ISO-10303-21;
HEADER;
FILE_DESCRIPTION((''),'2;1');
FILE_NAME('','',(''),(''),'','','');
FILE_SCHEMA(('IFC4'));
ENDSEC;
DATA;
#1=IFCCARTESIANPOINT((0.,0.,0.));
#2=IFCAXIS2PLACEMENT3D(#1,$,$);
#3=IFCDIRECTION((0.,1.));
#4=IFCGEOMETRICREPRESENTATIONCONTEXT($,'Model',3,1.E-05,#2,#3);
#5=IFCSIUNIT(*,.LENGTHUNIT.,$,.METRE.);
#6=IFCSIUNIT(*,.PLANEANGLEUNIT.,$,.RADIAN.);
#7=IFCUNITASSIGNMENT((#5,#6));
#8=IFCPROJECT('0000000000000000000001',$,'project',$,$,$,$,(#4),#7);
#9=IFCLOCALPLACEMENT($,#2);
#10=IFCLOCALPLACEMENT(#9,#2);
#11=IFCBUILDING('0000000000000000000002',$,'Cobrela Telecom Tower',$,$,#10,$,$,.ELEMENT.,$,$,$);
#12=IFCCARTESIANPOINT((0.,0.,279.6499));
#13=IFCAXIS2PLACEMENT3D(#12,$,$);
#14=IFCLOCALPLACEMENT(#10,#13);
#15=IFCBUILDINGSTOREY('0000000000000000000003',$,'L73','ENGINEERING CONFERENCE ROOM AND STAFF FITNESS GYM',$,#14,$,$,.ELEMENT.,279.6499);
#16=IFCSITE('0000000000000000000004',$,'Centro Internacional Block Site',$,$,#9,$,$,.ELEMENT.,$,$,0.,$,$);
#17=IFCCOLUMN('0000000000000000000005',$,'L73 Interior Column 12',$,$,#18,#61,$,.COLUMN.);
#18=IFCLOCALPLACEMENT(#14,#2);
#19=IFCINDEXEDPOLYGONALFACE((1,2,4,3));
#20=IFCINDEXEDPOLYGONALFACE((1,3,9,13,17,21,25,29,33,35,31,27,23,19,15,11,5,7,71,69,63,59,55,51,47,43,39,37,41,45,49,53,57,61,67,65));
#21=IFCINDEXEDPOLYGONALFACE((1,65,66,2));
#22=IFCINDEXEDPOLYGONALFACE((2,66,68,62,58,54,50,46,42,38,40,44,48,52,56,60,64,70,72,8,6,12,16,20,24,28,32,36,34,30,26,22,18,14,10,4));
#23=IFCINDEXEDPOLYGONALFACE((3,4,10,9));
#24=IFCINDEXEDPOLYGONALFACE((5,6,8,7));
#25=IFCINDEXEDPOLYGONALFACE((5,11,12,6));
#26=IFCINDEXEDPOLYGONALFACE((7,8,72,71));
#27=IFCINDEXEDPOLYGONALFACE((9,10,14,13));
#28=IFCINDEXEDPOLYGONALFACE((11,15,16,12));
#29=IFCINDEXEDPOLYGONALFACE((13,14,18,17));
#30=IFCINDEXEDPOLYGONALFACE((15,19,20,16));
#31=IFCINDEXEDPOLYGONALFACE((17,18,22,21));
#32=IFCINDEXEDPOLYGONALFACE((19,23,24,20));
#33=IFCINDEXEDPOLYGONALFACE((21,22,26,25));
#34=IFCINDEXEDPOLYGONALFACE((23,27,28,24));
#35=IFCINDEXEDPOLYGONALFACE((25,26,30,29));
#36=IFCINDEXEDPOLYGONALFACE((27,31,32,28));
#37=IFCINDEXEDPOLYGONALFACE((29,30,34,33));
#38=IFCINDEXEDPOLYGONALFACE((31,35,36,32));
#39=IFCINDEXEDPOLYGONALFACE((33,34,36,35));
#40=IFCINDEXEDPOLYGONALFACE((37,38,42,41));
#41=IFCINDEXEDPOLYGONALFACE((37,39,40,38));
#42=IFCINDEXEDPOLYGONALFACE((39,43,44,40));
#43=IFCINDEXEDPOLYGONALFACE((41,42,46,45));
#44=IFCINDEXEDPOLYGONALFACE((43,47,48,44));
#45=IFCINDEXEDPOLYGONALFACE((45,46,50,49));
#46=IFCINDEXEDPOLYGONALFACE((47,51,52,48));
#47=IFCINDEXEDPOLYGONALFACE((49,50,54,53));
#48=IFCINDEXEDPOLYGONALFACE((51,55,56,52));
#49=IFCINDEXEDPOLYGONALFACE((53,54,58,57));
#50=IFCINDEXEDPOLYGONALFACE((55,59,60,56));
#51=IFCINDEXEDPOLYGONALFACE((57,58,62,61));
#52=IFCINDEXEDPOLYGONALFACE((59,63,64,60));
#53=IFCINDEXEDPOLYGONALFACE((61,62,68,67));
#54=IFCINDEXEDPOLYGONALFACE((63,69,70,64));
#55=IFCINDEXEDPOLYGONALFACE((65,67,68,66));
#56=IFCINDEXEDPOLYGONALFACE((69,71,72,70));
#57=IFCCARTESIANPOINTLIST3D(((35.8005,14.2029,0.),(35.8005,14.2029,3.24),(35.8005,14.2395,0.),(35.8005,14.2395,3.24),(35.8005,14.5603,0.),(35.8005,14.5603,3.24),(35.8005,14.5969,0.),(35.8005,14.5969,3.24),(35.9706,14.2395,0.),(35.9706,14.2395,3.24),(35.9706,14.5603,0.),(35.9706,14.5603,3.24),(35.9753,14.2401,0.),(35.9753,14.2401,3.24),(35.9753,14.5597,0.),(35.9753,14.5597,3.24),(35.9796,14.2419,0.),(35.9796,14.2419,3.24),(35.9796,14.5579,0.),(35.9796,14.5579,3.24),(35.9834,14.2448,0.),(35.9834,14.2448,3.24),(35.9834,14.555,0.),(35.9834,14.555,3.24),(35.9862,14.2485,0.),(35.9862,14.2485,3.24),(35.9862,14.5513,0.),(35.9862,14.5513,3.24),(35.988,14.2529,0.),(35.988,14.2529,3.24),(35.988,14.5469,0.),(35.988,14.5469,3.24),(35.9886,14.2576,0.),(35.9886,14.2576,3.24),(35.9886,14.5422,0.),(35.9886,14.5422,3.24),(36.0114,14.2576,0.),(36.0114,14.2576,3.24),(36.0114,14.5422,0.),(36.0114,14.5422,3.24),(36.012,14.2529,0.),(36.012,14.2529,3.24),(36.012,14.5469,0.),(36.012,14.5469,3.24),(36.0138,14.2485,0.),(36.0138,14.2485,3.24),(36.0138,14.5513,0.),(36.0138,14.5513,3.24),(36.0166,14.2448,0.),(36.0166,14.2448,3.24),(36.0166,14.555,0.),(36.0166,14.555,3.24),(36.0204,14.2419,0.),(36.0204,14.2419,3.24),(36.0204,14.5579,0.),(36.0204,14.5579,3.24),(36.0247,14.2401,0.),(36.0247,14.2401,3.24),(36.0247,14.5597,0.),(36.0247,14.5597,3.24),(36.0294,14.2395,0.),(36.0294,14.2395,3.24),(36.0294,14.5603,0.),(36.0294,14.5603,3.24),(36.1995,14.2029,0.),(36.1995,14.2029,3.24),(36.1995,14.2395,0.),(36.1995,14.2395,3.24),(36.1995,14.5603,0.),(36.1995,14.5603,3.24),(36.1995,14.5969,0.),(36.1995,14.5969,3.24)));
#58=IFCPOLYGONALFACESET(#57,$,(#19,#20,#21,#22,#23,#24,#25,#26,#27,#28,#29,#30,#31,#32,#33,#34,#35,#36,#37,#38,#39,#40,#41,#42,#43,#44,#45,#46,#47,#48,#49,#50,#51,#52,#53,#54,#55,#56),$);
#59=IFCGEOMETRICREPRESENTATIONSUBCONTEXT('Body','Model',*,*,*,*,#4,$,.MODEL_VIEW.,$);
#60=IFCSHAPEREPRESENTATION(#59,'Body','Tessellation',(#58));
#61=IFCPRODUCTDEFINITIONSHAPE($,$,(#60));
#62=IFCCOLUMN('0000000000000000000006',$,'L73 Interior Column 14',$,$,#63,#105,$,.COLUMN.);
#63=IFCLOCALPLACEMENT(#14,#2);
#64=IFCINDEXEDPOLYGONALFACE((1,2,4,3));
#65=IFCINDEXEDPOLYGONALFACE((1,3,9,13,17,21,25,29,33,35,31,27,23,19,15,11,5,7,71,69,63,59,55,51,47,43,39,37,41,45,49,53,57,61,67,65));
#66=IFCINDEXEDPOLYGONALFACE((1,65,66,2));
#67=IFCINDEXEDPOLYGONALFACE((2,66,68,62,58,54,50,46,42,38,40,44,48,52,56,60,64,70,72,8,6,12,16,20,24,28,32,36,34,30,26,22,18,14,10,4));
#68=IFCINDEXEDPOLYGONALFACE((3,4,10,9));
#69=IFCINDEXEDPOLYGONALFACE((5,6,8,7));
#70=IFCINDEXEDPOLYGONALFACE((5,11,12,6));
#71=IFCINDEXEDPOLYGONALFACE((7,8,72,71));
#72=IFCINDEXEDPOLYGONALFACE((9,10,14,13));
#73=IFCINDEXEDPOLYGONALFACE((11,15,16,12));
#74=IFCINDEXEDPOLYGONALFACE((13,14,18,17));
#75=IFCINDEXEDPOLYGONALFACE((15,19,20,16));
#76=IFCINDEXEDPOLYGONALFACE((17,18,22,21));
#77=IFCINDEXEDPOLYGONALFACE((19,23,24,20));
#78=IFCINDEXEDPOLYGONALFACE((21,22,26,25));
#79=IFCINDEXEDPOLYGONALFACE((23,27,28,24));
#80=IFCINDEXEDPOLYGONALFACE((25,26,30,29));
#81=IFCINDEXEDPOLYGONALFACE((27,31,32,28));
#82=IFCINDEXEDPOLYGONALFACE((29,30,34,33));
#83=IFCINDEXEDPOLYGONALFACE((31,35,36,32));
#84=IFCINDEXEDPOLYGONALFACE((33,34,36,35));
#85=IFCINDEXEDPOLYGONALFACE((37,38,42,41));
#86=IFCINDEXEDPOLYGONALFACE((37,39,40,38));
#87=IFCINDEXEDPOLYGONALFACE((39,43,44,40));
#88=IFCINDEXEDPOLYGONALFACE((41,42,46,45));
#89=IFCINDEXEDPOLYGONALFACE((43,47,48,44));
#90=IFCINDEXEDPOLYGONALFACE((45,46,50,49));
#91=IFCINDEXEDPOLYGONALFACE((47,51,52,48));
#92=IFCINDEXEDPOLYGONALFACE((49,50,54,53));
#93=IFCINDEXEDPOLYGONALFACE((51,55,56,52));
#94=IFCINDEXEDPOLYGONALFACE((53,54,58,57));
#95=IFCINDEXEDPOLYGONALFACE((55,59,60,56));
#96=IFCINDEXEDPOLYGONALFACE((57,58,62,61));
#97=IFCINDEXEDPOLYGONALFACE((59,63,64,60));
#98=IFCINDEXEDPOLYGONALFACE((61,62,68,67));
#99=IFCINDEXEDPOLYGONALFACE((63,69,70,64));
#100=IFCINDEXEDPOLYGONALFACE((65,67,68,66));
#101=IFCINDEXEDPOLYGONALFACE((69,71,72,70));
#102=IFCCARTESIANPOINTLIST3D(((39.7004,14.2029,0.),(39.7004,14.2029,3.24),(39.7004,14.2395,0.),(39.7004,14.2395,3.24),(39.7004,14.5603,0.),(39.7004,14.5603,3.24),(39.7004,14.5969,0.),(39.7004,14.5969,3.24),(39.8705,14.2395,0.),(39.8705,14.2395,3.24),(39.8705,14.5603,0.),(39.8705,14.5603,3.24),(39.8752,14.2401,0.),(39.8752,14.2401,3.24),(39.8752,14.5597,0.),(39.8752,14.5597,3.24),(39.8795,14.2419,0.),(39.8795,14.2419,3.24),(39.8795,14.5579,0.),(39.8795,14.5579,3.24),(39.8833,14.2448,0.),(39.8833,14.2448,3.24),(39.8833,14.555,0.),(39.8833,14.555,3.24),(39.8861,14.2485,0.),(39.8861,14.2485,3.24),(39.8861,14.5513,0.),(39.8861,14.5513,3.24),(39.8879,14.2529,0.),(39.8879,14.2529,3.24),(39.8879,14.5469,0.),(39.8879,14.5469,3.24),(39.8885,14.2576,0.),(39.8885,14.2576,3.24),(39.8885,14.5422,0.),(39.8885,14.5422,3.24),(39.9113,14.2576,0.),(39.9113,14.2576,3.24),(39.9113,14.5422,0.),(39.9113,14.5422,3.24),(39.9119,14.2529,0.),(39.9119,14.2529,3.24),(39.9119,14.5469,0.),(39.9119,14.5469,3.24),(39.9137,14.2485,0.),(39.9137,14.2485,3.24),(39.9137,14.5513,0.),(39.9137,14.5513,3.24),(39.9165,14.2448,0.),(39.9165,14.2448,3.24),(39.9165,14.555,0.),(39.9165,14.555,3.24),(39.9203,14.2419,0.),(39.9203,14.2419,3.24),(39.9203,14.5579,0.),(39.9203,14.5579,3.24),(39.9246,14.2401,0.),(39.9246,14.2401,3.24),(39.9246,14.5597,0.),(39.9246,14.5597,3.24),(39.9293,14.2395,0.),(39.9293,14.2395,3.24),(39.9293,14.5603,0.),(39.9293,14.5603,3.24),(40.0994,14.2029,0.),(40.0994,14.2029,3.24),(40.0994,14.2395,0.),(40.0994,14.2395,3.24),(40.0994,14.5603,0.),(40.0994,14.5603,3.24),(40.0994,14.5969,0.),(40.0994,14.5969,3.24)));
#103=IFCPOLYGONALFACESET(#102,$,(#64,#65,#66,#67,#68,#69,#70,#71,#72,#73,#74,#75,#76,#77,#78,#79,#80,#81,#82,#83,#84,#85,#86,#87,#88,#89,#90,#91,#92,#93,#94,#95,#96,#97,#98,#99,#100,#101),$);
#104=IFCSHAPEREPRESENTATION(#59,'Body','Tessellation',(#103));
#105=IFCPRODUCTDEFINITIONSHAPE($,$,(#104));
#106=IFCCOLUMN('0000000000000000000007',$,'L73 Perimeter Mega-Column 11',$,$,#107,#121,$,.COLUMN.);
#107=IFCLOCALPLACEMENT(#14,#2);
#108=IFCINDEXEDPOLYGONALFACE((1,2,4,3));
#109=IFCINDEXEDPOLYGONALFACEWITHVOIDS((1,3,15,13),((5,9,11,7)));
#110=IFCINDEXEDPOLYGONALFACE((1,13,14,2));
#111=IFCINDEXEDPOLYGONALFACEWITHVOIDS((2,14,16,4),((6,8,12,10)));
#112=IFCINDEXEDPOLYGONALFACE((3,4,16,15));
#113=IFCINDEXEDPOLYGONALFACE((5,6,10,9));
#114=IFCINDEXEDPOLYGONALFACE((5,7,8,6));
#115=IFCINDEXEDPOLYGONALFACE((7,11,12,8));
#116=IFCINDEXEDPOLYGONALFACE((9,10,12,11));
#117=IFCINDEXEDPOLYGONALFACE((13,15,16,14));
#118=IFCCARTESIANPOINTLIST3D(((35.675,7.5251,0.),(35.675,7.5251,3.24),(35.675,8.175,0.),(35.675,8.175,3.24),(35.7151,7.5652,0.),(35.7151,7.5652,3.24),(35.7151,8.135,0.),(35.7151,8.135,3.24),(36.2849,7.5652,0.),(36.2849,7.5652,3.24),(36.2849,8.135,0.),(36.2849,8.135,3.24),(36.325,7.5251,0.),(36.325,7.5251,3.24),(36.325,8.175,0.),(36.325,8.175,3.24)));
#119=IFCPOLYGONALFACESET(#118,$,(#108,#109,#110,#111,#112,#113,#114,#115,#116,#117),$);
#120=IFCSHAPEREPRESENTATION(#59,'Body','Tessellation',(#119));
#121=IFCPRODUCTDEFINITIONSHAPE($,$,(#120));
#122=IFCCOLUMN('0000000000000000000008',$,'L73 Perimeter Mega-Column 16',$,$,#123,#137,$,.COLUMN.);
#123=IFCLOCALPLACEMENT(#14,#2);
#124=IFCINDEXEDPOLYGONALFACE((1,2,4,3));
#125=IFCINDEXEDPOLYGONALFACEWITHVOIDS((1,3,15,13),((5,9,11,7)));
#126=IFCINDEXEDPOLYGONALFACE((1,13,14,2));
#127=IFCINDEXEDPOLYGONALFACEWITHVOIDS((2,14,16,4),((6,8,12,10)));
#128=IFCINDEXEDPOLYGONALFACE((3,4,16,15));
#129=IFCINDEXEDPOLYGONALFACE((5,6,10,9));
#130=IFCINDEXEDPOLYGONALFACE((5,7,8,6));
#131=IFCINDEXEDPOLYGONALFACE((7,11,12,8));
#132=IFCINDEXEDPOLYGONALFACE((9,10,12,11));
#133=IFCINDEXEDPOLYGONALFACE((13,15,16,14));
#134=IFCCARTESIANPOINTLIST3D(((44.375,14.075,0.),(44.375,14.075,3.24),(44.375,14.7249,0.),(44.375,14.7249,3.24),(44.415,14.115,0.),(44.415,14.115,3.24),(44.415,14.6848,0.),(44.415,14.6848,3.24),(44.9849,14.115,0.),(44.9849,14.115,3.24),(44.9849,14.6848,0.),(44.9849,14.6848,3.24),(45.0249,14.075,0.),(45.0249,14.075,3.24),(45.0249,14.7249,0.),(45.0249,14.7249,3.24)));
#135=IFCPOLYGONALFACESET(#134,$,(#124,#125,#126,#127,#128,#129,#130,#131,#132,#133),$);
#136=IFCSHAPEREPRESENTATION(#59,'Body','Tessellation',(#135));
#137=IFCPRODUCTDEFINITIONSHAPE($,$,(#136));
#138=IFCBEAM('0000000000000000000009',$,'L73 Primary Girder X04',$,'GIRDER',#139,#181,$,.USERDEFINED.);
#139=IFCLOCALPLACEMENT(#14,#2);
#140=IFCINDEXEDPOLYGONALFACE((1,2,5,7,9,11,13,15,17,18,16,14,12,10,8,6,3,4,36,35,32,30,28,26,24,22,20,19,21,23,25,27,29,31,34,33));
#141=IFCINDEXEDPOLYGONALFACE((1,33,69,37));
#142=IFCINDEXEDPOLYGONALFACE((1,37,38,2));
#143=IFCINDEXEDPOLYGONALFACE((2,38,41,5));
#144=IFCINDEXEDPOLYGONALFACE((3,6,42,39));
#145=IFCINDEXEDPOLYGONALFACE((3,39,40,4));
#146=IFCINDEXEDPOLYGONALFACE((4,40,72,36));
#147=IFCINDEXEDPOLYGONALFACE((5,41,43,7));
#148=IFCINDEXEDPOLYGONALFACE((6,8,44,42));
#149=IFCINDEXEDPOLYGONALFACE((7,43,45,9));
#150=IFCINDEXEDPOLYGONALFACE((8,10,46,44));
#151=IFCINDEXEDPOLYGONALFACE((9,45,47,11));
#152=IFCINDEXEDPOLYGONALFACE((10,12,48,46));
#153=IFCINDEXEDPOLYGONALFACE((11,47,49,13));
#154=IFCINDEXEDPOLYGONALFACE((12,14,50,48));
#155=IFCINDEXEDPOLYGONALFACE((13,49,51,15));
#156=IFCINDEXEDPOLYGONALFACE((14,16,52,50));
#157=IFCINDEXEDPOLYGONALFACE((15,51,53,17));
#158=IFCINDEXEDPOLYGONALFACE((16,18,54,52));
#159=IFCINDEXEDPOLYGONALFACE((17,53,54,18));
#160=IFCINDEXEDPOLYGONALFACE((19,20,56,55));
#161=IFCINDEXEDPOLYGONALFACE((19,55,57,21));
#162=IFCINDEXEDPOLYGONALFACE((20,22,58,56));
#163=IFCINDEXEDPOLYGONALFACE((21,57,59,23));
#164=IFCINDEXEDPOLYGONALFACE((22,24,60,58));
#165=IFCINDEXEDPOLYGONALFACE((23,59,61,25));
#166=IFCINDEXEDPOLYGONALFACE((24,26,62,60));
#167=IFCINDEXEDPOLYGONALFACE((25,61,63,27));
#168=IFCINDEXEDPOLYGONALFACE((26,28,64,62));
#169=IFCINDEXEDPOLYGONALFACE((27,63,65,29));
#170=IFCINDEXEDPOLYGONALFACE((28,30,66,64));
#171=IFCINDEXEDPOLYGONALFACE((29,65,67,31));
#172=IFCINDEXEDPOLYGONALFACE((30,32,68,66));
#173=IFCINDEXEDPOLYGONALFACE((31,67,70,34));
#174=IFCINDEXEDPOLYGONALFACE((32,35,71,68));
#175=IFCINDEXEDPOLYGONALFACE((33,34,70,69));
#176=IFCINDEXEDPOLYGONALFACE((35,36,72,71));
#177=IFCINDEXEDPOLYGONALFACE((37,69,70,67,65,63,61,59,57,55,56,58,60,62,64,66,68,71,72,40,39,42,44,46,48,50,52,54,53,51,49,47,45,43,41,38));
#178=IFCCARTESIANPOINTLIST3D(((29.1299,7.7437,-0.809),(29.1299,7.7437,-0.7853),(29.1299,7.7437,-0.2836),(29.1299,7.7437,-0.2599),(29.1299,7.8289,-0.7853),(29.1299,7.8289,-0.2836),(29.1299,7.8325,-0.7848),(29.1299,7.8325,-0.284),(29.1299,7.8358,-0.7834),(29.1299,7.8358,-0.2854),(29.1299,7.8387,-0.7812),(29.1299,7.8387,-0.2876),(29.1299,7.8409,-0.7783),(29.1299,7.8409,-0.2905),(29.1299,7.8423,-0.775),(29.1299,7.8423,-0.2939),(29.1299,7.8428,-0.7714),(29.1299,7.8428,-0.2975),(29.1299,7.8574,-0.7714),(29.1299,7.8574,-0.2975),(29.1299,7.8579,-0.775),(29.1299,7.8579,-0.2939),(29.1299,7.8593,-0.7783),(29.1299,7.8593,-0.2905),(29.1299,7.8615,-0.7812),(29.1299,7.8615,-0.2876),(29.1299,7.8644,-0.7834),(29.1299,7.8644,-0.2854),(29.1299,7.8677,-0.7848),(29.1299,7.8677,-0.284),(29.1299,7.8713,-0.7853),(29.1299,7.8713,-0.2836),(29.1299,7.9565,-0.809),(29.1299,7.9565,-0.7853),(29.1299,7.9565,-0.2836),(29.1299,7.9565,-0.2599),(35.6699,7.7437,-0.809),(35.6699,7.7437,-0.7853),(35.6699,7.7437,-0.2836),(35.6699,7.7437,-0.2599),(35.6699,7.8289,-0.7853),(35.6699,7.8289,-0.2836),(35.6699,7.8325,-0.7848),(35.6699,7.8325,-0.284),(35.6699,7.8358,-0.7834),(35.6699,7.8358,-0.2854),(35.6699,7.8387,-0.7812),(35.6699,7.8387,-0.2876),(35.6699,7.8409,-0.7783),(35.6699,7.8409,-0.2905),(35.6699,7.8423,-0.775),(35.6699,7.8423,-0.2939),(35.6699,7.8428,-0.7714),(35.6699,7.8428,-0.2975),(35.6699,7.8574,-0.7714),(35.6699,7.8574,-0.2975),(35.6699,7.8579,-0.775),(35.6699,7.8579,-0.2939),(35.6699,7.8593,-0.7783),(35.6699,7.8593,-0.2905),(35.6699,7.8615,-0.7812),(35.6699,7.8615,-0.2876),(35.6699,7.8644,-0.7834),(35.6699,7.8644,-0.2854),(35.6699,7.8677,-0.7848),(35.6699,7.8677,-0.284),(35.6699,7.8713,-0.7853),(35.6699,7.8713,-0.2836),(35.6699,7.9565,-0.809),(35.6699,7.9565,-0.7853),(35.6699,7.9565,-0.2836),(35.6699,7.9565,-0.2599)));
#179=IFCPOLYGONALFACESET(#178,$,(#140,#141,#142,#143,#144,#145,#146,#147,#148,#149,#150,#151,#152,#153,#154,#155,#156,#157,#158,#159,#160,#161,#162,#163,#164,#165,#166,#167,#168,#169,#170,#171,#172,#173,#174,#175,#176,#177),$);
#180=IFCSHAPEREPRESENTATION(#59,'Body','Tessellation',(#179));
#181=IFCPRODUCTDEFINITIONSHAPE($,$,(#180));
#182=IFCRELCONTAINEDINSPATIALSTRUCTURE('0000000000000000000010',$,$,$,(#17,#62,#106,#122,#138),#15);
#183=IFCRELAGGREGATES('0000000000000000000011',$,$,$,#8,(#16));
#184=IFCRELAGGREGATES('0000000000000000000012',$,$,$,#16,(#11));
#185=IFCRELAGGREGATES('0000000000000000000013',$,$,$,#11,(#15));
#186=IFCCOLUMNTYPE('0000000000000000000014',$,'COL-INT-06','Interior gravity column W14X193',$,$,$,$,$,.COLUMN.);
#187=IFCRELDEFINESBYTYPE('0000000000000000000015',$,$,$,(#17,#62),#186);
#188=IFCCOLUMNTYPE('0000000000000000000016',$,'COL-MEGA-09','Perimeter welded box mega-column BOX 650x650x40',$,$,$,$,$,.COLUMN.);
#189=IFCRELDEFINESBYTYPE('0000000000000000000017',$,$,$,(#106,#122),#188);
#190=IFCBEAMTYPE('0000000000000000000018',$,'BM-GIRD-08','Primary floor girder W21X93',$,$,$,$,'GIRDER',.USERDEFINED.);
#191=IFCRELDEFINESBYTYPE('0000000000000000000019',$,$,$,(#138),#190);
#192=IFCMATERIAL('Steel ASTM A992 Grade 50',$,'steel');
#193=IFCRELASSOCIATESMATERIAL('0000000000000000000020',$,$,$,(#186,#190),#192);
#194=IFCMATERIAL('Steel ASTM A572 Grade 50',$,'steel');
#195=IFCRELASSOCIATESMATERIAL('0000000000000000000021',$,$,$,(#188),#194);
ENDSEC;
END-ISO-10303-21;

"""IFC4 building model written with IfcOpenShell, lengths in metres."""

from ifc_helpers import new_model, si_unit, direction, frame, origin, origin_2d, place, context, subcontext, project, spatial, hollow_rectangle, i_section, extrude, material, material_profile, profile_set, type_object, element, save


model = new_model("IFC4")

# Units and contexts
model_context = context("Model", 3, precision=1e-05, world=origin(), true_north=direction((0.0, 1.0)))
body_context = subcontext(model_context, "Body", "Model", "MODEL_VIEW")
ifc_project = project(units=[si_unit("LENGTHUNIT", "METRE"), si_unit("PLANEANGLEUNIT", "RADIAN")], contexts=[model_context])

# Site, building, storey
site_placement = place(None, origin())
site = spatial("IfcSite", under=ifc_project, at=site_placement, Name="Centro Internacional Block Site", CompositionType="ELEMENT", RefElevation=0.0)
building_placement = place(site_placement, origin())
building = spatial("IfcBuilding", under=site, at=building_placement, Name="Cobrela Telecom Tower", CompositionType="ELEMENT")
storey_placement = place(building_placement, frame((0.0, 0.0, 279.6499)))
storey = spatial("IfcBuildingStorey", under=building, at=storey_placement, Name="L73", Description="ENGINEERING CONFERENCE ROOM AND STAFF FITNESS GYM", CompositionType="ELEMENT", Elevation=279.6499)

# Columns
ifc_material_1 = material(Name="Steel ASTM A992 Grade 50", Category="steel")
ifc_material_profile_1 = material_profile(ifc_material_1, i_section(OverallWidth=0.3989, OverallDepth=0.394, WebThickness=0.0227, FlangeThickness=0.0366, FilletRadius=0.0181, at=origin_2d()), Name="W14X193")
ifc_profile_set_1 = profile_set([ifc_material_profile_1], Name="Steel ASTM A992 Grade 50")
column_type_1 = type_object("IfcColumnType", Name="COL-INT-06", Description="Interior gravity column W14X193", PredefinedType="COLUMN", material=ifc_profile_set_1)
for number, where, z_axis, x_axis, name in (
    (1, (36.0, 14.3999, 0.0), (0.0, 0.0, 1.0), (1.0, 0.0, 0.0), "L73 Interior Column 12"),
    (2, (39.8999, 14.3999, 0.0), (0.0, 0.0, 1.0), (1.0, 0.0, 0.0), "L73 Interior Column 14"),
):
    element("IfcColumn", number, at=place(storey_placement, frame(where, z_axis=z_axis, x_axis=x_axis)), inside=storey, type_object=column_type_1, Name=name, PredefinedType="COLUMN", context=body_context, shape_type="SweptSolid", body=[
        extrude(i_section(OverallWidth=0.3989, OverallDepth=0.394, WebThickness=0.0227, FlangeThickness=0.0366, FilletRadius=0.0181, at=origin_2d()), origin(), (0.0, 0.0, 1.0), 3.24),
    ])
ifc_material_2 = material(Name="Steel ASTM A572 Grade 50", Category="steel")
ifc_material_profile_2 = material_profile(ifc_material_2, hollow_rectangle(XDim=0.6499, YDim=0.6499, WallThickness=0.04, at=origin_2d()), Name="BOX 650x650x40")
ifc_profile_set_2 = profile_set([ifc_material_profile_2], Name="Steel ASTM A572 Grade 50")
column_type_2 = type_object("IfcColumnType", Name="COL-MEGA-09", Description="Perimeter welded box mega-column BOX 650x650x40", PredefinedType="COLUMN", material=ifc_profile_set_2)
for number, where, z_axis, x_axis, name in (
    (3, (36.0, 7.8501, 0.0), (0.0, 0.0, 1.0), (1.0, 0.0, 0.0), "L73 Perimeter Mega-Column 11"),
    (4, (44.7, 14.3999, 0.0), (0.0, 0.0, 1.0), (1.0, 0.0, 0.0), "L73 Perimeter Mega-Column 16"),
):
    element("IfcColumn", number, at=place(storey_placement, frame(where, z_axis=z_axis, x_axis=x_axis)), inside=storey, type_object=column_type_2, Name=name, PredefinedType="COLUMN", context=body_context, shape_type="SweptSolid", body=[
        extrude(hollow_rectangle(XDim=0.6499, YDim=0.6499, WallThickness=0.04, at=origin_2d()), origin(), (0.0, 0.0, 1.0), 3.24),
    ])

# Beam
ifc_material_profile_3 = material_profile(ifc_material_1, i_section(OverallWidth=0.2129, OverallDepth=0.5491, WebThickness=0.0146, FlangeThickness=0.0237, FilletRadius=0.0139, at=origin_2d()), Name="W21X93")
ifc_profile_set_3 = profile_set([ifc_material_profile_3], Name="Steel ASTM A992 Grade 50")
beam_type_1 = type_object("IfcBeamType", Name="BM-GIRD-08", Description="Primary floor girder W21X93", ElementType="GIRDER", PredefinedType="USERDEFINED", material=ifc_profile_set_3)
beam_1_placement = place(storey_placement, frame((29.1299, 7.8501, -0.5344), z_axis=(1.0, 0.0, 0.0), x_axis=(0.0, 1.0, 0.0)))
element("IfcBeam", 5, at=beam_1_placement, inside=storey, type_object=beam_type_1, Name="L73 Primary Girder X04", ObjectType="GIRDER", PredefinedType="USERDEFINED", context=body_context, shape_type="SweptSolid", body=[
    extrude(i_section(OverallWidth=0.2129, OverallDepth=0.5491, WebThickness=0.0146, FlangeThickness=0.0237, FilletRadius=0.0139, at=origin_2d()), origin(), (0.0, 0.0, 1.0), 6.54),
])

save(model, "model.ifc")
